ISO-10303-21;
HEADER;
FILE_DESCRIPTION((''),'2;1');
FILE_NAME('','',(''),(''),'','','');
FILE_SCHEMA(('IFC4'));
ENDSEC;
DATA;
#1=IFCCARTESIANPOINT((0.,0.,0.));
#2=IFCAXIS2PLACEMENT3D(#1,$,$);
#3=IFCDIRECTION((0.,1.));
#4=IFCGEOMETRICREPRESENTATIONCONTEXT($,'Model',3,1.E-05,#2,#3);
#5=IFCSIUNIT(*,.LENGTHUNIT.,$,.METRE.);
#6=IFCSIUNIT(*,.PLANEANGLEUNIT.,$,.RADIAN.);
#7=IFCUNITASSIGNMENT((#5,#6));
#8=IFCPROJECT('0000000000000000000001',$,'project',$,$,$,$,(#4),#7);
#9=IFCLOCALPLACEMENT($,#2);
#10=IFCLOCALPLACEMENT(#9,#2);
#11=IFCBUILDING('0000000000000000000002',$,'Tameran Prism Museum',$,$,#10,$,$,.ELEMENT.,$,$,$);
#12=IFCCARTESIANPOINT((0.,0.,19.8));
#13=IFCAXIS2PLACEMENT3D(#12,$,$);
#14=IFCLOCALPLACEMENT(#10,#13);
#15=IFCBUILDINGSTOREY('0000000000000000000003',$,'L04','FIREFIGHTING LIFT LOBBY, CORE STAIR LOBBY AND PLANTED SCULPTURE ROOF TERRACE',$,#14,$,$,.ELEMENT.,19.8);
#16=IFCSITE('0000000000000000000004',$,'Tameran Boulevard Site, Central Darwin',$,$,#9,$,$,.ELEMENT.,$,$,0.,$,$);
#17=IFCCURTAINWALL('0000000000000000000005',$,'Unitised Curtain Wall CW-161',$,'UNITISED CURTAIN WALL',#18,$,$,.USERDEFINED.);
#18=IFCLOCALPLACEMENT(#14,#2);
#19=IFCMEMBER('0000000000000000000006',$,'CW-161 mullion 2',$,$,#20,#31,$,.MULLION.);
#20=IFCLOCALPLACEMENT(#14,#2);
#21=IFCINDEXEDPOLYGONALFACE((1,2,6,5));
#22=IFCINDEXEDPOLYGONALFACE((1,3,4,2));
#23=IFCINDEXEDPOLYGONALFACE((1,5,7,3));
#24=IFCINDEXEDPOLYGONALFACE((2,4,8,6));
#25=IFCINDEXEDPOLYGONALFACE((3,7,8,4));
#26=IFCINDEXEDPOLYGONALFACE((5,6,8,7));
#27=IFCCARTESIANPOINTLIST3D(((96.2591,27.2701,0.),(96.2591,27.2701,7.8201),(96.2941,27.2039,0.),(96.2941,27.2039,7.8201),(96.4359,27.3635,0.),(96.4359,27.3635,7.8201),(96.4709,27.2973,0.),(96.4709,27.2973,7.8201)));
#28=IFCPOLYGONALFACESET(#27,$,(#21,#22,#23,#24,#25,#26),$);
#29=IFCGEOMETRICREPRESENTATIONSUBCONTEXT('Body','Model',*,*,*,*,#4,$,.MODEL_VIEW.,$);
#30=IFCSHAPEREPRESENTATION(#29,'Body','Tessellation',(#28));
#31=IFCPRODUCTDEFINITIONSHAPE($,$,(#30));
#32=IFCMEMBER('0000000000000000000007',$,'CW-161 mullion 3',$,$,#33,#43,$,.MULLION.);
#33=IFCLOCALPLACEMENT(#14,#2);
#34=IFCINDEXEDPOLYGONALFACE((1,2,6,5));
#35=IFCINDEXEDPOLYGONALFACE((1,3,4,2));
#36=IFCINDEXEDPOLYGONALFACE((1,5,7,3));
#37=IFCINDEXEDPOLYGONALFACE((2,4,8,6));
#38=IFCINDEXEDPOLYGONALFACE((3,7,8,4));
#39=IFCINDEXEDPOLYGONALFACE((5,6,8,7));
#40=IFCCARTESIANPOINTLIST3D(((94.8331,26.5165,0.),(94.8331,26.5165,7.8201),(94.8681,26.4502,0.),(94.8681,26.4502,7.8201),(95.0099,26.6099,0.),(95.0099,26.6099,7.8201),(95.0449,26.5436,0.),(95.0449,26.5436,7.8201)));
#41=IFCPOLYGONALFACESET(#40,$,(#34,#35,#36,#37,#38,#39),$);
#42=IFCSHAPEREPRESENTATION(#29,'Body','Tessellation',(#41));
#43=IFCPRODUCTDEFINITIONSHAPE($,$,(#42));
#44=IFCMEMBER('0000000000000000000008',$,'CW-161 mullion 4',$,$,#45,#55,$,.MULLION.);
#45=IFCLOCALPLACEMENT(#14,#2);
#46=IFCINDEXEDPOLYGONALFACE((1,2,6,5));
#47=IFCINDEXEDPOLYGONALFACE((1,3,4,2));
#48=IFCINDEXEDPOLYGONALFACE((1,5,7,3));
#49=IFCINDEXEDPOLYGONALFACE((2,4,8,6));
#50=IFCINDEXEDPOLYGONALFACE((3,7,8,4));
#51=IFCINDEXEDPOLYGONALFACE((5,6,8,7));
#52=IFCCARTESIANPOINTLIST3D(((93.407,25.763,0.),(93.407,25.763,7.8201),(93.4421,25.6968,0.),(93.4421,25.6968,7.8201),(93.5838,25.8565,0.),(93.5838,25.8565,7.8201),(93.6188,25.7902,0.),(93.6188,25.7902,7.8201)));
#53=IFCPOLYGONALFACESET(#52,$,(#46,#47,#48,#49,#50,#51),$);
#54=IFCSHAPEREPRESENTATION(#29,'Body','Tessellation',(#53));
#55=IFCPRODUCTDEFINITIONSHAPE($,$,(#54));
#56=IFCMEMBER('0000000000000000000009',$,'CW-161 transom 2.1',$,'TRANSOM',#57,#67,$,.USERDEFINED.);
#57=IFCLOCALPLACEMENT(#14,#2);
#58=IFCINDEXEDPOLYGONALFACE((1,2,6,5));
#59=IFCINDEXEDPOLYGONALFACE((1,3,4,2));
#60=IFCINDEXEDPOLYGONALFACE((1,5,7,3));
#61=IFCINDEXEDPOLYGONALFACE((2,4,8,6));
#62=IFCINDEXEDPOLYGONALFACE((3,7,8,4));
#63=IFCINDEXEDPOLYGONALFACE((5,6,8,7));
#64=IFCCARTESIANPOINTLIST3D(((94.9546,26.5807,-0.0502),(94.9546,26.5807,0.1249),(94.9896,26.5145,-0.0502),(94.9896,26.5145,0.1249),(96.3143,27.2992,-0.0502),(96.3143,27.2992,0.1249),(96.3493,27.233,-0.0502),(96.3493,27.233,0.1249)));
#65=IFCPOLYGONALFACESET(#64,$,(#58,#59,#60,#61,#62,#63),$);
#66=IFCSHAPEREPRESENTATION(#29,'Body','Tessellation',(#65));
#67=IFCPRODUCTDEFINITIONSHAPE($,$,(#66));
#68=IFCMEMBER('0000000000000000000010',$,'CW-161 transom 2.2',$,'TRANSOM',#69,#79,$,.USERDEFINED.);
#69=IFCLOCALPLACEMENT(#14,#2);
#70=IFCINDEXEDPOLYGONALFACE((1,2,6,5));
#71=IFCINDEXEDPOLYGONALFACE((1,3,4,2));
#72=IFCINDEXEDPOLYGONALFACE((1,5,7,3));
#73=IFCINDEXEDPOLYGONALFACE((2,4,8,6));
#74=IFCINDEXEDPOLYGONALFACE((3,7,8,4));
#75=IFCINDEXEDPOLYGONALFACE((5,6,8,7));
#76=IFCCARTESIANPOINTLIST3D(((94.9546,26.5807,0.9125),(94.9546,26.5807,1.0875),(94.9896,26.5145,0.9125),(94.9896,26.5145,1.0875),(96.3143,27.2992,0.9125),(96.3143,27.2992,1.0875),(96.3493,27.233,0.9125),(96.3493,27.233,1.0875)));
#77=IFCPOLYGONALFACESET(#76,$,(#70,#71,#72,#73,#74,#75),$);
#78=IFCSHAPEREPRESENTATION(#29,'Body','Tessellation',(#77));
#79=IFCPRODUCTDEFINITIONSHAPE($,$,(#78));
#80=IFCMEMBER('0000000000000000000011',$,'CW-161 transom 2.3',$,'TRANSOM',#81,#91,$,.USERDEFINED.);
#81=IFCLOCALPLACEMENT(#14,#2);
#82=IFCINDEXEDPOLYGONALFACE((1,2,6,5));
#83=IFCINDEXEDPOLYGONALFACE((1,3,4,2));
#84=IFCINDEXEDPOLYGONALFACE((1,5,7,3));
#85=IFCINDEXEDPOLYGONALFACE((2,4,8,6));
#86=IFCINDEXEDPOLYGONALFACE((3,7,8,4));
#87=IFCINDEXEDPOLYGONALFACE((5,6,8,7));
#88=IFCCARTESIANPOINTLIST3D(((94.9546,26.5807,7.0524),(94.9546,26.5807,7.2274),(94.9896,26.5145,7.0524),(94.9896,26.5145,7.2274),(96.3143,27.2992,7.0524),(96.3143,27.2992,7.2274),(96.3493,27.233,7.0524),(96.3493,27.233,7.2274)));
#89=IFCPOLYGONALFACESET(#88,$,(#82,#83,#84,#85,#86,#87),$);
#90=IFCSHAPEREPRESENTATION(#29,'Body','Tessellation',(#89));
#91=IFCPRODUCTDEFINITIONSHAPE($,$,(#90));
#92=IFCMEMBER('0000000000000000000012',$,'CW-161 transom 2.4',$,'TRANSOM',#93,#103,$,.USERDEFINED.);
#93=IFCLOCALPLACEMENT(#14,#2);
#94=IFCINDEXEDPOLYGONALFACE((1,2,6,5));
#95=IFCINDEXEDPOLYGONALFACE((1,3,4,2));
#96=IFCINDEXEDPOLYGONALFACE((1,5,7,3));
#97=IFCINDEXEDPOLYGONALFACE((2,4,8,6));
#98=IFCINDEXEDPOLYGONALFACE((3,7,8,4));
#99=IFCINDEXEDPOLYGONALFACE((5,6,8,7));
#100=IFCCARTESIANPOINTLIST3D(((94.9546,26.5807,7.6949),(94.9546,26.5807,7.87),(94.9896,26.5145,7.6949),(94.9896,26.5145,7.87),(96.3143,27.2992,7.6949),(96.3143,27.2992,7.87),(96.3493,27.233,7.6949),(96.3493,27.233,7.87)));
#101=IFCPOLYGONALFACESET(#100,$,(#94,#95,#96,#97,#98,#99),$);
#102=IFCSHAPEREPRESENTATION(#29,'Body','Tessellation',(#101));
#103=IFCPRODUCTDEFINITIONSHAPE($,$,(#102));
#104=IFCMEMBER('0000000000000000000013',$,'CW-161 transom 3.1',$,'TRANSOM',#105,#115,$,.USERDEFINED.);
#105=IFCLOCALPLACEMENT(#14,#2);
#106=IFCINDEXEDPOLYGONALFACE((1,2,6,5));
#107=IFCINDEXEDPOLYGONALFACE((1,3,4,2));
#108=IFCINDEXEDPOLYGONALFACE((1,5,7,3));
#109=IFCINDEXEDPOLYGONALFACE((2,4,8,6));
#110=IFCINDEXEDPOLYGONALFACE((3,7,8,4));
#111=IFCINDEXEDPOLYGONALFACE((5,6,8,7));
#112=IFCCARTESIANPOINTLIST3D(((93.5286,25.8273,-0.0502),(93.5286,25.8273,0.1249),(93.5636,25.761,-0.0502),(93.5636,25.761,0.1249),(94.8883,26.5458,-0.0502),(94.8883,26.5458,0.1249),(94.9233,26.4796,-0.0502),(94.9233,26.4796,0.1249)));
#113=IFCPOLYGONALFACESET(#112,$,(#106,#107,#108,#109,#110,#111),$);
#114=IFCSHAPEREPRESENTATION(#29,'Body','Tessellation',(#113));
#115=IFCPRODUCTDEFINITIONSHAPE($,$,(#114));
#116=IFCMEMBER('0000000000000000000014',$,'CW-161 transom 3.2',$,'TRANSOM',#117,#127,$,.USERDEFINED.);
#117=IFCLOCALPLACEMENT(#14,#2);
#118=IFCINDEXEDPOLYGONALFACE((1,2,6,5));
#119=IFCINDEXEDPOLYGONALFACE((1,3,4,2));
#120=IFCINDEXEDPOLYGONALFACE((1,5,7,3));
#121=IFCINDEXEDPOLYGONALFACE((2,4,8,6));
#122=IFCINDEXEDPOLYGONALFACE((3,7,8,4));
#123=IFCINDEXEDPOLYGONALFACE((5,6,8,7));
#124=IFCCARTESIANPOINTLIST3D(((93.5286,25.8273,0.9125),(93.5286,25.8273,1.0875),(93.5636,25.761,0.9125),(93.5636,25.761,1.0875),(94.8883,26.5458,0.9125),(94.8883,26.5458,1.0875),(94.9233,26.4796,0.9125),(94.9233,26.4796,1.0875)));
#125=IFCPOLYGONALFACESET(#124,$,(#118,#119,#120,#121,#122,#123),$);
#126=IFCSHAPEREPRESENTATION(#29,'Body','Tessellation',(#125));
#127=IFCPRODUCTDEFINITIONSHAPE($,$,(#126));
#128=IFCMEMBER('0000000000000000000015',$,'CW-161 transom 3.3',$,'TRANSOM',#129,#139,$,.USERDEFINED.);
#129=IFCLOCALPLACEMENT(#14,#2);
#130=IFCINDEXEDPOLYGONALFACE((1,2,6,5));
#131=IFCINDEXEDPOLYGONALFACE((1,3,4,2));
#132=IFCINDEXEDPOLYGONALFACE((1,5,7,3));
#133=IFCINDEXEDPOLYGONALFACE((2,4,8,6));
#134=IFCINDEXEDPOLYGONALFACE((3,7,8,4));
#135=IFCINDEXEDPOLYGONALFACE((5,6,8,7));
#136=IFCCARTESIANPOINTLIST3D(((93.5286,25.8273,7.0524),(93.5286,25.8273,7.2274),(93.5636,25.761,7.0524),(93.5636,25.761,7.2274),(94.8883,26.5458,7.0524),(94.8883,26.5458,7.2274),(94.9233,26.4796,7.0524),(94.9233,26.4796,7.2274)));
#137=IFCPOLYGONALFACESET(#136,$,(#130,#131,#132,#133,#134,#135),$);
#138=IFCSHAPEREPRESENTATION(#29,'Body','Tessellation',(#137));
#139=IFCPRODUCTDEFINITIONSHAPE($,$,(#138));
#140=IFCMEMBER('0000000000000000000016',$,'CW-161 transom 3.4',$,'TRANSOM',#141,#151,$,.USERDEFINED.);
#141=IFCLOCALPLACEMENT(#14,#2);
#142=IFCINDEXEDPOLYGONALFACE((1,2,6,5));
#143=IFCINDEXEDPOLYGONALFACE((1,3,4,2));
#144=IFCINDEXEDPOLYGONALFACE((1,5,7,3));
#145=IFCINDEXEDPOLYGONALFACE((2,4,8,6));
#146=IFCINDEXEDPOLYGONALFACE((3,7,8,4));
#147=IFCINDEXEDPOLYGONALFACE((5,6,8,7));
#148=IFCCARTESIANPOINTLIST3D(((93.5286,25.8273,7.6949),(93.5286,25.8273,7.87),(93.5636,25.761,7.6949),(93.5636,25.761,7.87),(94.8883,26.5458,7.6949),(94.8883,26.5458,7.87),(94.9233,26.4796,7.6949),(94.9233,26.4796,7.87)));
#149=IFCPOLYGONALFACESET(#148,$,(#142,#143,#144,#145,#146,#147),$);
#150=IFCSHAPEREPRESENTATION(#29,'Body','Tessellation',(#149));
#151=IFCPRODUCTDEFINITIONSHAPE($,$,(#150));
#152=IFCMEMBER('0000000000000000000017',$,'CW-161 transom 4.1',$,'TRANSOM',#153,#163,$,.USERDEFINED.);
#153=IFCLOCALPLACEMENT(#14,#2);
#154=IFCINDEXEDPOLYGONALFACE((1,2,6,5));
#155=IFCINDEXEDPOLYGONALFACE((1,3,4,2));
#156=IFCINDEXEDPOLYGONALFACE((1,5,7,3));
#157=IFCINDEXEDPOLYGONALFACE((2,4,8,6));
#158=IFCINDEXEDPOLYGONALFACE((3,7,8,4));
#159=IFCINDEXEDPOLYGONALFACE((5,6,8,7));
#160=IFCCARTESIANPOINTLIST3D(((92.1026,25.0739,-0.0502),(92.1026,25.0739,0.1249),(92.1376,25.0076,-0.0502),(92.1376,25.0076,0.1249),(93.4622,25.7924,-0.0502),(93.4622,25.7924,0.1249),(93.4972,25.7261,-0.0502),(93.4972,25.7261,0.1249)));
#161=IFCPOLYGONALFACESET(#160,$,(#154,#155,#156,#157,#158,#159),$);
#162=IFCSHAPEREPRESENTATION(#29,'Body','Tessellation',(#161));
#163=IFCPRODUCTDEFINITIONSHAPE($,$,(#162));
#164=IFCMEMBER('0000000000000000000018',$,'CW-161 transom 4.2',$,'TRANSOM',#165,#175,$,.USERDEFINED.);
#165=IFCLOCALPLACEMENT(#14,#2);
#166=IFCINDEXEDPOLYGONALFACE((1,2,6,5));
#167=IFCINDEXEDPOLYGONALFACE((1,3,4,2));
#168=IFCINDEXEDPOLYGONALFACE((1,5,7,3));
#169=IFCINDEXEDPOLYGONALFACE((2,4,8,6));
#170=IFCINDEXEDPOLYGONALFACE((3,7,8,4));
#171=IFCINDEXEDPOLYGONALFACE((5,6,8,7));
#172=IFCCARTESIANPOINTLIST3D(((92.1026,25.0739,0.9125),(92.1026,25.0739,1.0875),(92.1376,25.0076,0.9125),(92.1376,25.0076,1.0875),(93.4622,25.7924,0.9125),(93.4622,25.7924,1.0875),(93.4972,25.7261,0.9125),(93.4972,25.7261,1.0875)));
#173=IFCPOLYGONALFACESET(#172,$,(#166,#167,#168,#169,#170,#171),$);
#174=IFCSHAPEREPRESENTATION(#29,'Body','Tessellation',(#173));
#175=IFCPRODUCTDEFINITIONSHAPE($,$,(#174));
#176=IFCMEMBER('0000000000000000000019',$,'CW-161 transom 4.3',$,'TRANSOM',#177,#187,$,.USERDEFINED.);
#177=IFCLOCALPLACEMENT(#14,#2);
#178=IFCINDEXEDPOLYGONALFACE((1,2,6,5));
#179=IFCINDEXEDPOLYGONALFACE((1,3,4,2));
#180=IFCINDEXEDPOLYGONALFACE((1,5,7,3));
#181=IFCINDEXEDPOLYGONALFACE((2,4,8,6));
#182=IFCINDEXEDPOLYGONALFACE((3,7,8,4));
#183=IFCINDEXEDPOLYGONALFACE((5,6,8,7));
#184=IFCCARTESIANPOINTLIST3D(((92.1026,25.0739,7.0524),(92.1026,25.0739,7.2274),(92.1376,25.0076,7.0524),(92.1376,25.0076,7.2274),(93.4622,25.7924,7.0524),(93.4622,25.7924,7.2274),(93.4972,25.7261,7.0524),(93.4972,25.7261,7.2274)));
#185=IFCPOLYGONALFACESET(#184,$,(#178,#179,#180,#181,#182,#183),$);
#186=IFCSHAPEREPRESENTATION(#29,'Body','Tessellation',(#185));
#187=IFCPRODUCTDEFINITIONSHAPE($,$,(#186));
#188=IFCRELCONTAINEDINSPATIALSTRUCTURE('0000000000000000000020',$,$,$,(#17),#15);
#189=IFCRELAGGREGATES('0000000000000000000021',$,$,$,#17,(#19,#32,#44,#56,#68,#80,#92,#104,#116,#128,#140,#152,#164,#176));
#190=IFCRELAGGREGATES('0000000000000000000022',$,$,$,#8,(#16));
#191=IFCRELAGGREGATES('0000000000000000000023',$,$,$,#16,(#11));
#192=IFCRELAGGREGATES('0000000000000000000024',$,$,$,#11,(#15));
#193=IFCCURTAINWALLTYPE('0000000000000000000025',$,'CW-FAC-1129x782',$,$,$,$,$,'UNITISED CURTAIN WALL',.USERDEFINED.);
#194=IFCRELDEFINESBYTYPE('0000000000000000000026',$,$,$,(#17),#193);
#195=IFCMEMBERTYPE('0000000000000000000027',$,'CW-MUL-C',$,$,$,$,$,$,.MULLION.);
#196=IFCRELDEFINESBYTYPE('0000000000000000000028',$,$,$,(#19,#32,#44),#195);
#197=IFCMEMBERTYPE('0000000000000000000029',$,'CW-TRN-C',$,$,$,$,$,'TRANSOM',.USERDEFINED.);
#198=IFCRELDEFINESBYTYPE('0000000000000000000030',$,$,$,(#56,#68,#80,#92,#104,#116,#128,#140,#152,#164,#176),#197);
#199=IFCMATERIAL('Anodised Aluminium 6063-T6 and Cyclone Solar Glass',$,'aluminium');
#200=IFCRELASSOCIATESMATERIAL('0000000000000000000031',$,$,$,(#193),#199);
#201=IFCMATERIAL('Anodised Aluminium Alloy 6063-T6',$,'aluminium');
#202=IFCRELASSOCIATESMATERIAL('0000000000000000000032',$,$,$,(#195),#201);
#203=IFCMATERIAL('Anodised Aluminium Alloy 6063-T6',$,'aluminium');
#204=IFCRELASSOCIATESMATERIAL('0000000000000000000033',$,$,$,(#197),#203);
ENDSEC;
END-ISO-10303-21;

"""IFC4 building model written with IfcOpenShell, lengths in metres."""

from ifc_helpers import new_model, si_unit, direction, frame, origin, origin_2d, place, context, subcontext, project, spatial, rectangle, extrude, material, material_profile, profile_set, type_object, element, aggregate, save


model = new_model("IFC4")

# Units and contexts
model_context = context("Model", 3, precision=1e-05, world=origin(), true_north=direction((0.0, 1.0)))
body_context = subcontext(model_context, "Body", "Model", "MODEL_VIEW")
ifc_project = project(units=[si_unit("LENGTHUNIT", "METRE"), si_unit("PLANEANGLEUNIT", "RADIAN")], contexts=[model_context])

# Site, building, storey
site_placement = place(None, origin())
site = spatial("IfcSite", under=ifc_project, at=site_placement, Name="Tameran Boulevard Site, Central Darwin", CompositionType="ELEMENT", RefElevation=0.0)
building_placement = place(site_placement, origin())
building = spatial("IfcBuilding", under=site, at=building_placement, Name="Tameran Prism Museum", CompositionType="ELEMENT")
storey_placement = place(building_placement, frame((0.0, 0.0, 19.8)))
storey = spatial("IfcBuildingStorey", under=building, at=storey_placement, Name="L04", Description="FIREFIGHTING LIFT LOBBY, CORE STAIR LOBBY AND PLANTED SCULPTURE ROOF TERRACE", CompositionType="ELEMENT", Elevation=19.8)

# Curtain wall, members
ifc_material_1 = material(Name="Anodised Aluminium 6063-T6 and Cyclone Solar Glass", Category="aluminium")
curtain_wall_type = type_object("IfcCurtainWallType", Name="CW-FAC-1129x782", ElementType="UNITISED CURTAIN WALL", PredefinedType="USERDEFINED", material=ifc_material_1)
curtain_wall_placement = place(storey_placement, origin())
curtain_wall = element("IfcCurtainWall", 1, at=curtain_wall_placement, inside=storey, type_object=curtain_wall_type, Name="Unitised Curtain Wall CW-161", ObjectType="UNITISED CURTAIN WALL", PredefinedType="USERDEFINED")
ifc_material_2 = material(Name="Anodised Aluminium Alloy 6063-T6", Category="aluminium")
ifc_material_profile_1 = material_profile(ifc_material_2, rectangle(XDim=0.075, YDim=0.2, at=origin_2d()))
ifc_profile_set_1 = profile_set([ifc_material_profile_1])
member_type_1 = type_object("IfcMemberType", Name="CW-MUL-C", PredefinedType="MULLION", material=ifc_profile_set_1)
member_1_placement = place(storey_placement, frame((96.365, 27.2837, 0.0), z_axis=(0.0, 0.0, 1.0), x_axis=(0.467155, -0.884175, 0.0)))
member_1 = element("IfcMember", 2, at=member_1_placement, type_object=member_type_1, Name="CW-161 mullion 2", PredefinedType="MULLION", context=body_context, shape_type="SweptSolid", body=[
    extrude(rectangle(XDim=0.075, YDim=0.2, at=origin_2d()), origin(), (0.0, 0.0, 1.0), 7.8201),
])
member_2_placement = place(storey_placement, frame((94.939, 26.53, 0.0), z_axis=(0.0, 0.0, 1.0), x_axis=(0.467155, -0.884175, 0.0)))
member_2 = element("IfcMember", 3, at=member_2_placement, type_object=member_type_1, Name="CW-161 mullion 3", PredefinedType="MULLION", context=body_context, shape_type="SweptSolid", body=[
    extrude(rectangle(XDim=0.075, YDim=0.2, at=origin_2d()), origin(), (0.0, 0.0, 1.0), 7.8201),
])
member_3_placement = place(storey_placement, frame((93.5129, 25.7766, 0.0), z_axis=(0.0, 0.0, 1.0), x_axis=(0.467155, -0.884175, 0.0)))
member_3 = element("IfcMember", 4, at=member_3_placement, type_object=member_type_1, Name="CW-161 mullion 4", PredefinedType="MULLION", context=body_context, shape_type="SweptSolid", body=[
    extrude(rectangle(XDim=0.075, YDim=0.2, at=origin_2d()), origin(), (0.0, 0.0, 1.0), 7.8201),
])
ifc_material_3 = material(Name="Anodised Aluminium Alloy 6063-T6", Category="aluminium")
ifc_material_profile_2 = material_profile(ifc_material_3, rectangle(XDim=0.075, YDim=0.175, at=origin_2d()))
ifc_profile_set_2 = profile_set([ifc_material_profile_2])
member_type_2 = type_object("IfcMemberType", Name="CW-TRN-C", ElementType="TRANSOM", PredefinedType="USERDEFINED", material=ifc_profile_set_2)
member_4_placement = place(storey_placement, frame((96.3318, 27.2661, 0.0374), z_axis=(-0.884135, -0.467231, 0.0), x_axis=(0.467231, -0.884135, 0.0)))
member_4 = element("IfcMember", 5, at=member_4_placement, type_object=member_type_2, Name="CW-161 transom 2.1", ObjectType="TRANSOM", PredefinedType="USERDEFINED", context=body_context, shape_type="SweptSolid", body=[
    extrude(rectangle(XDim=0.075, YDim=0.175, at=origin_2d()), origin(), (0.0, 0.0, 1.0), 1.5378),
])
member_5_placement = place(storey_placement, frame((96.3318, 27.2661, 1.0), z_axis=(-0.884135, -0.467231, 0.0), x_axis=(0.467231, -0.884135, 0.0)))
member_5 = element("IfcMember", 6, at=member_5_placement, type_object=member_type_2, Name="CW-161 transom 2.2", ObjectType="TRANSOM", PredefinedType="USERDEFINED", context=body_context, shape_type="SweptSolid", body=[
    extrude(rectangle(XDim=0.075, YDim=0.175, at=origin_2d()), origin(), (0.0, 0.0, 1.0), 1.5378),
])
member_6_placement = place(storey_placement, frame((96.3318, 27.2661, 7.1399), z_axis=(-0.884135, -0.467231, 0.0), x_axis=(0.467231, -0.884135, 0.0)))
member_6 = element("IfcMember", 7, at=member_6_placement, type_object=member_type_2, Name="CW-161 transom 2.3", ObjectType="TRANSOM", PredefinedType="USERDEFINED", context=body_context, shape_type="SweptSolid", body=[
    extrude(rectangle(XDim=0.075, YDim=0.175, at=origin_2d()), origin(), (0.0, 0.0, 1.0), 1.5378),
])
member_7_placement = place(storey_placement, frame((96.3318, 27.2661, 7.7825), z_axis=(-0.884135, -0.467231, 0.0), x_axis=(0.467231, -0.884135, 0.0)))
member_7 = element("IfcMember", 8, at=member_7_placement, type_object=member_type_2, Name="CW-161 transom 2.4", ObjectType="TRANSOM", PredefinedType="USERDEFINED", context=body_context, shape_type="SweptSolid", body=[
    extrude(rectangle(XDim=0.075, YDim=0.175, at=origin_2d()), origin(), (0.0, 0.0, 1.0), 1.5378),
])
member_8_placement = place(storey_placement, frame((94.9058, 26.5127, 0.0374), z_axis=(-0.884135, -0.467231, 0.0), x_axis=(0.467231, -0.884135, 0.0)))
member_8 = element("IfcMember", 9, at=member_8_placement, type_object=member_type_2, Name="CW-161 transom 3.1", ObjectType="TRANSOM", PredefinedType="USERDEFINED", context=body_context, shape_type="SweptSolid", body=[
    extrude(rectangle(XDim=0.075, YDim=0.175, at=origin_2d()), origin(), (0.0, 0.0, 1.0), 1.5378),
])
member_9_placement = place(storey_placement, frame((94.9058, 26.5127, 1.0), z_axis=(-0.884135, -0.467231, 0.0), x_axis=(0.467231, -0.884135, 0.0)))
member_9 = element("IfcMember", 10, at=member_9_placement, type_object=member_type_2, Name="CW-161 transom 3.2", ObjectType="TRANSOM", PredefinedType="USERDEFINED", context=body_context, shape_type="SweptSolid", body=[
    extrude(rectangle(XDim=0.075, YDim=0.175, at=origin_2d()), origin(), (0.0, 0.0, 1.0), 1.5378),
])
member_10_placement = place(storey_placement, frame((94.9058, 26.5127, 7.1399), z_axis=(-0.884135, -0.467231, 0.0), x_axis=(0.467231, -0.884135, 0.0)))
member_10 = element("IfcMember", 11, at=member_10_placement, type_object=member_type_2, Name="CW-161 transom 3.3", ObjectType="TRANSOM", PredefinedType="USERDEFINED", context=body_context, shape_type="SweptSolid", body=[
    extrude(rectangle(XDim=0.075, YDim=0.175, at=origin_2d()), origin(), (0.0, 0.0, 1.0), 1.5378),
])
member_11_placement = place(storey_placement, frame((94.9058, 26.5127, 7.7825), z_axis=(-0.884135, -0.467231, 0.0), x_axis=(0.467231, -0.884135, 0.0)))
member_11 = element("IfcMember", 12, at=member_11_placement, type_object=member_type_2, Name="CW-161 transom 3.4", ObjectType="TRANSOM", PredefinedType="USERDEFINED", context=body_context, shape_type="SweptSolid", body=[
    extrude(rectangle(XDim=0.075, YDim=0.175, at=origin_2d()), origin(), (0.0, 0.0, 1.0), 1.5378),
])
member_12_placement = place(storey_placement, frame((93.4797, 25.7593, 0.0374), z_axis=(-0.884135, -0.467231, 0.0), x_axis=(0.467231, -0.884135, 0.0)))
member_12 = element("IfcMember", 13, at=member_12_placement, type_object=member_type_2, Name="CW-161 transom 4.1", ObjectType="TRANSOM", PredefinedType="USERDEFINED", context=body_context, shape_type="SweptSolid", body=[
    extrude(rectangle(XDim=0.075, YDim=0.175, at=origin_2d()), origin(), (0.0, 0.0, 1.0), 1.5378),
])
member_13_placement = place(storey_placement, frame((93.4797, 25.7593, 1.0), z_axis=(-0.884135, -0.467231, 0.0), x_axis=(0.467231, -0.884135, 0.0)))
member_13 = element("IfcMember", 14, at=member_13_placement, type_object=member_type_2, Name="CW-161 transom 4.2", ObjectType="TRANSOM", PredefinedType="USERDEFINED", context=body_context, shape_type="SweptSolid", body=[
    extrude(rectangle(XDim=0.075, YDim=0.175, at=origin_2d()), origin(), (0.0, 0.0, 1.0), 1.5378),
])
member_14_placement = place(storey_placement, frame((93.4797, 25.7593, 7.1399), z_axis=(-0.884135, -0.467231, 0.0), x_axis=(0.467231, -0.884135, 0.0)))
member_14 = element("IfcMember", 15, at=member_14_placement, type_object=member_type_2, Name="CW-161 transom 4.3", ObjectType="TRANSOM", PredefinedType="USERDEFINED", context=body_context, shape_type="SweptSolid", body=[
    extrude(rectangle(XDim=0.075, YDim=0.175, at=origin_2d()), origin(), (0.0, 0.0, 1.0), 1.5378),
])
aggregate(curtain_wall, [member_1, member_2, member_3, member_4, member_5, member_6, member_7, member_8, member_9, member_10, member_11, member_12, member_13, member_14])

save(model, "model.ifc")
